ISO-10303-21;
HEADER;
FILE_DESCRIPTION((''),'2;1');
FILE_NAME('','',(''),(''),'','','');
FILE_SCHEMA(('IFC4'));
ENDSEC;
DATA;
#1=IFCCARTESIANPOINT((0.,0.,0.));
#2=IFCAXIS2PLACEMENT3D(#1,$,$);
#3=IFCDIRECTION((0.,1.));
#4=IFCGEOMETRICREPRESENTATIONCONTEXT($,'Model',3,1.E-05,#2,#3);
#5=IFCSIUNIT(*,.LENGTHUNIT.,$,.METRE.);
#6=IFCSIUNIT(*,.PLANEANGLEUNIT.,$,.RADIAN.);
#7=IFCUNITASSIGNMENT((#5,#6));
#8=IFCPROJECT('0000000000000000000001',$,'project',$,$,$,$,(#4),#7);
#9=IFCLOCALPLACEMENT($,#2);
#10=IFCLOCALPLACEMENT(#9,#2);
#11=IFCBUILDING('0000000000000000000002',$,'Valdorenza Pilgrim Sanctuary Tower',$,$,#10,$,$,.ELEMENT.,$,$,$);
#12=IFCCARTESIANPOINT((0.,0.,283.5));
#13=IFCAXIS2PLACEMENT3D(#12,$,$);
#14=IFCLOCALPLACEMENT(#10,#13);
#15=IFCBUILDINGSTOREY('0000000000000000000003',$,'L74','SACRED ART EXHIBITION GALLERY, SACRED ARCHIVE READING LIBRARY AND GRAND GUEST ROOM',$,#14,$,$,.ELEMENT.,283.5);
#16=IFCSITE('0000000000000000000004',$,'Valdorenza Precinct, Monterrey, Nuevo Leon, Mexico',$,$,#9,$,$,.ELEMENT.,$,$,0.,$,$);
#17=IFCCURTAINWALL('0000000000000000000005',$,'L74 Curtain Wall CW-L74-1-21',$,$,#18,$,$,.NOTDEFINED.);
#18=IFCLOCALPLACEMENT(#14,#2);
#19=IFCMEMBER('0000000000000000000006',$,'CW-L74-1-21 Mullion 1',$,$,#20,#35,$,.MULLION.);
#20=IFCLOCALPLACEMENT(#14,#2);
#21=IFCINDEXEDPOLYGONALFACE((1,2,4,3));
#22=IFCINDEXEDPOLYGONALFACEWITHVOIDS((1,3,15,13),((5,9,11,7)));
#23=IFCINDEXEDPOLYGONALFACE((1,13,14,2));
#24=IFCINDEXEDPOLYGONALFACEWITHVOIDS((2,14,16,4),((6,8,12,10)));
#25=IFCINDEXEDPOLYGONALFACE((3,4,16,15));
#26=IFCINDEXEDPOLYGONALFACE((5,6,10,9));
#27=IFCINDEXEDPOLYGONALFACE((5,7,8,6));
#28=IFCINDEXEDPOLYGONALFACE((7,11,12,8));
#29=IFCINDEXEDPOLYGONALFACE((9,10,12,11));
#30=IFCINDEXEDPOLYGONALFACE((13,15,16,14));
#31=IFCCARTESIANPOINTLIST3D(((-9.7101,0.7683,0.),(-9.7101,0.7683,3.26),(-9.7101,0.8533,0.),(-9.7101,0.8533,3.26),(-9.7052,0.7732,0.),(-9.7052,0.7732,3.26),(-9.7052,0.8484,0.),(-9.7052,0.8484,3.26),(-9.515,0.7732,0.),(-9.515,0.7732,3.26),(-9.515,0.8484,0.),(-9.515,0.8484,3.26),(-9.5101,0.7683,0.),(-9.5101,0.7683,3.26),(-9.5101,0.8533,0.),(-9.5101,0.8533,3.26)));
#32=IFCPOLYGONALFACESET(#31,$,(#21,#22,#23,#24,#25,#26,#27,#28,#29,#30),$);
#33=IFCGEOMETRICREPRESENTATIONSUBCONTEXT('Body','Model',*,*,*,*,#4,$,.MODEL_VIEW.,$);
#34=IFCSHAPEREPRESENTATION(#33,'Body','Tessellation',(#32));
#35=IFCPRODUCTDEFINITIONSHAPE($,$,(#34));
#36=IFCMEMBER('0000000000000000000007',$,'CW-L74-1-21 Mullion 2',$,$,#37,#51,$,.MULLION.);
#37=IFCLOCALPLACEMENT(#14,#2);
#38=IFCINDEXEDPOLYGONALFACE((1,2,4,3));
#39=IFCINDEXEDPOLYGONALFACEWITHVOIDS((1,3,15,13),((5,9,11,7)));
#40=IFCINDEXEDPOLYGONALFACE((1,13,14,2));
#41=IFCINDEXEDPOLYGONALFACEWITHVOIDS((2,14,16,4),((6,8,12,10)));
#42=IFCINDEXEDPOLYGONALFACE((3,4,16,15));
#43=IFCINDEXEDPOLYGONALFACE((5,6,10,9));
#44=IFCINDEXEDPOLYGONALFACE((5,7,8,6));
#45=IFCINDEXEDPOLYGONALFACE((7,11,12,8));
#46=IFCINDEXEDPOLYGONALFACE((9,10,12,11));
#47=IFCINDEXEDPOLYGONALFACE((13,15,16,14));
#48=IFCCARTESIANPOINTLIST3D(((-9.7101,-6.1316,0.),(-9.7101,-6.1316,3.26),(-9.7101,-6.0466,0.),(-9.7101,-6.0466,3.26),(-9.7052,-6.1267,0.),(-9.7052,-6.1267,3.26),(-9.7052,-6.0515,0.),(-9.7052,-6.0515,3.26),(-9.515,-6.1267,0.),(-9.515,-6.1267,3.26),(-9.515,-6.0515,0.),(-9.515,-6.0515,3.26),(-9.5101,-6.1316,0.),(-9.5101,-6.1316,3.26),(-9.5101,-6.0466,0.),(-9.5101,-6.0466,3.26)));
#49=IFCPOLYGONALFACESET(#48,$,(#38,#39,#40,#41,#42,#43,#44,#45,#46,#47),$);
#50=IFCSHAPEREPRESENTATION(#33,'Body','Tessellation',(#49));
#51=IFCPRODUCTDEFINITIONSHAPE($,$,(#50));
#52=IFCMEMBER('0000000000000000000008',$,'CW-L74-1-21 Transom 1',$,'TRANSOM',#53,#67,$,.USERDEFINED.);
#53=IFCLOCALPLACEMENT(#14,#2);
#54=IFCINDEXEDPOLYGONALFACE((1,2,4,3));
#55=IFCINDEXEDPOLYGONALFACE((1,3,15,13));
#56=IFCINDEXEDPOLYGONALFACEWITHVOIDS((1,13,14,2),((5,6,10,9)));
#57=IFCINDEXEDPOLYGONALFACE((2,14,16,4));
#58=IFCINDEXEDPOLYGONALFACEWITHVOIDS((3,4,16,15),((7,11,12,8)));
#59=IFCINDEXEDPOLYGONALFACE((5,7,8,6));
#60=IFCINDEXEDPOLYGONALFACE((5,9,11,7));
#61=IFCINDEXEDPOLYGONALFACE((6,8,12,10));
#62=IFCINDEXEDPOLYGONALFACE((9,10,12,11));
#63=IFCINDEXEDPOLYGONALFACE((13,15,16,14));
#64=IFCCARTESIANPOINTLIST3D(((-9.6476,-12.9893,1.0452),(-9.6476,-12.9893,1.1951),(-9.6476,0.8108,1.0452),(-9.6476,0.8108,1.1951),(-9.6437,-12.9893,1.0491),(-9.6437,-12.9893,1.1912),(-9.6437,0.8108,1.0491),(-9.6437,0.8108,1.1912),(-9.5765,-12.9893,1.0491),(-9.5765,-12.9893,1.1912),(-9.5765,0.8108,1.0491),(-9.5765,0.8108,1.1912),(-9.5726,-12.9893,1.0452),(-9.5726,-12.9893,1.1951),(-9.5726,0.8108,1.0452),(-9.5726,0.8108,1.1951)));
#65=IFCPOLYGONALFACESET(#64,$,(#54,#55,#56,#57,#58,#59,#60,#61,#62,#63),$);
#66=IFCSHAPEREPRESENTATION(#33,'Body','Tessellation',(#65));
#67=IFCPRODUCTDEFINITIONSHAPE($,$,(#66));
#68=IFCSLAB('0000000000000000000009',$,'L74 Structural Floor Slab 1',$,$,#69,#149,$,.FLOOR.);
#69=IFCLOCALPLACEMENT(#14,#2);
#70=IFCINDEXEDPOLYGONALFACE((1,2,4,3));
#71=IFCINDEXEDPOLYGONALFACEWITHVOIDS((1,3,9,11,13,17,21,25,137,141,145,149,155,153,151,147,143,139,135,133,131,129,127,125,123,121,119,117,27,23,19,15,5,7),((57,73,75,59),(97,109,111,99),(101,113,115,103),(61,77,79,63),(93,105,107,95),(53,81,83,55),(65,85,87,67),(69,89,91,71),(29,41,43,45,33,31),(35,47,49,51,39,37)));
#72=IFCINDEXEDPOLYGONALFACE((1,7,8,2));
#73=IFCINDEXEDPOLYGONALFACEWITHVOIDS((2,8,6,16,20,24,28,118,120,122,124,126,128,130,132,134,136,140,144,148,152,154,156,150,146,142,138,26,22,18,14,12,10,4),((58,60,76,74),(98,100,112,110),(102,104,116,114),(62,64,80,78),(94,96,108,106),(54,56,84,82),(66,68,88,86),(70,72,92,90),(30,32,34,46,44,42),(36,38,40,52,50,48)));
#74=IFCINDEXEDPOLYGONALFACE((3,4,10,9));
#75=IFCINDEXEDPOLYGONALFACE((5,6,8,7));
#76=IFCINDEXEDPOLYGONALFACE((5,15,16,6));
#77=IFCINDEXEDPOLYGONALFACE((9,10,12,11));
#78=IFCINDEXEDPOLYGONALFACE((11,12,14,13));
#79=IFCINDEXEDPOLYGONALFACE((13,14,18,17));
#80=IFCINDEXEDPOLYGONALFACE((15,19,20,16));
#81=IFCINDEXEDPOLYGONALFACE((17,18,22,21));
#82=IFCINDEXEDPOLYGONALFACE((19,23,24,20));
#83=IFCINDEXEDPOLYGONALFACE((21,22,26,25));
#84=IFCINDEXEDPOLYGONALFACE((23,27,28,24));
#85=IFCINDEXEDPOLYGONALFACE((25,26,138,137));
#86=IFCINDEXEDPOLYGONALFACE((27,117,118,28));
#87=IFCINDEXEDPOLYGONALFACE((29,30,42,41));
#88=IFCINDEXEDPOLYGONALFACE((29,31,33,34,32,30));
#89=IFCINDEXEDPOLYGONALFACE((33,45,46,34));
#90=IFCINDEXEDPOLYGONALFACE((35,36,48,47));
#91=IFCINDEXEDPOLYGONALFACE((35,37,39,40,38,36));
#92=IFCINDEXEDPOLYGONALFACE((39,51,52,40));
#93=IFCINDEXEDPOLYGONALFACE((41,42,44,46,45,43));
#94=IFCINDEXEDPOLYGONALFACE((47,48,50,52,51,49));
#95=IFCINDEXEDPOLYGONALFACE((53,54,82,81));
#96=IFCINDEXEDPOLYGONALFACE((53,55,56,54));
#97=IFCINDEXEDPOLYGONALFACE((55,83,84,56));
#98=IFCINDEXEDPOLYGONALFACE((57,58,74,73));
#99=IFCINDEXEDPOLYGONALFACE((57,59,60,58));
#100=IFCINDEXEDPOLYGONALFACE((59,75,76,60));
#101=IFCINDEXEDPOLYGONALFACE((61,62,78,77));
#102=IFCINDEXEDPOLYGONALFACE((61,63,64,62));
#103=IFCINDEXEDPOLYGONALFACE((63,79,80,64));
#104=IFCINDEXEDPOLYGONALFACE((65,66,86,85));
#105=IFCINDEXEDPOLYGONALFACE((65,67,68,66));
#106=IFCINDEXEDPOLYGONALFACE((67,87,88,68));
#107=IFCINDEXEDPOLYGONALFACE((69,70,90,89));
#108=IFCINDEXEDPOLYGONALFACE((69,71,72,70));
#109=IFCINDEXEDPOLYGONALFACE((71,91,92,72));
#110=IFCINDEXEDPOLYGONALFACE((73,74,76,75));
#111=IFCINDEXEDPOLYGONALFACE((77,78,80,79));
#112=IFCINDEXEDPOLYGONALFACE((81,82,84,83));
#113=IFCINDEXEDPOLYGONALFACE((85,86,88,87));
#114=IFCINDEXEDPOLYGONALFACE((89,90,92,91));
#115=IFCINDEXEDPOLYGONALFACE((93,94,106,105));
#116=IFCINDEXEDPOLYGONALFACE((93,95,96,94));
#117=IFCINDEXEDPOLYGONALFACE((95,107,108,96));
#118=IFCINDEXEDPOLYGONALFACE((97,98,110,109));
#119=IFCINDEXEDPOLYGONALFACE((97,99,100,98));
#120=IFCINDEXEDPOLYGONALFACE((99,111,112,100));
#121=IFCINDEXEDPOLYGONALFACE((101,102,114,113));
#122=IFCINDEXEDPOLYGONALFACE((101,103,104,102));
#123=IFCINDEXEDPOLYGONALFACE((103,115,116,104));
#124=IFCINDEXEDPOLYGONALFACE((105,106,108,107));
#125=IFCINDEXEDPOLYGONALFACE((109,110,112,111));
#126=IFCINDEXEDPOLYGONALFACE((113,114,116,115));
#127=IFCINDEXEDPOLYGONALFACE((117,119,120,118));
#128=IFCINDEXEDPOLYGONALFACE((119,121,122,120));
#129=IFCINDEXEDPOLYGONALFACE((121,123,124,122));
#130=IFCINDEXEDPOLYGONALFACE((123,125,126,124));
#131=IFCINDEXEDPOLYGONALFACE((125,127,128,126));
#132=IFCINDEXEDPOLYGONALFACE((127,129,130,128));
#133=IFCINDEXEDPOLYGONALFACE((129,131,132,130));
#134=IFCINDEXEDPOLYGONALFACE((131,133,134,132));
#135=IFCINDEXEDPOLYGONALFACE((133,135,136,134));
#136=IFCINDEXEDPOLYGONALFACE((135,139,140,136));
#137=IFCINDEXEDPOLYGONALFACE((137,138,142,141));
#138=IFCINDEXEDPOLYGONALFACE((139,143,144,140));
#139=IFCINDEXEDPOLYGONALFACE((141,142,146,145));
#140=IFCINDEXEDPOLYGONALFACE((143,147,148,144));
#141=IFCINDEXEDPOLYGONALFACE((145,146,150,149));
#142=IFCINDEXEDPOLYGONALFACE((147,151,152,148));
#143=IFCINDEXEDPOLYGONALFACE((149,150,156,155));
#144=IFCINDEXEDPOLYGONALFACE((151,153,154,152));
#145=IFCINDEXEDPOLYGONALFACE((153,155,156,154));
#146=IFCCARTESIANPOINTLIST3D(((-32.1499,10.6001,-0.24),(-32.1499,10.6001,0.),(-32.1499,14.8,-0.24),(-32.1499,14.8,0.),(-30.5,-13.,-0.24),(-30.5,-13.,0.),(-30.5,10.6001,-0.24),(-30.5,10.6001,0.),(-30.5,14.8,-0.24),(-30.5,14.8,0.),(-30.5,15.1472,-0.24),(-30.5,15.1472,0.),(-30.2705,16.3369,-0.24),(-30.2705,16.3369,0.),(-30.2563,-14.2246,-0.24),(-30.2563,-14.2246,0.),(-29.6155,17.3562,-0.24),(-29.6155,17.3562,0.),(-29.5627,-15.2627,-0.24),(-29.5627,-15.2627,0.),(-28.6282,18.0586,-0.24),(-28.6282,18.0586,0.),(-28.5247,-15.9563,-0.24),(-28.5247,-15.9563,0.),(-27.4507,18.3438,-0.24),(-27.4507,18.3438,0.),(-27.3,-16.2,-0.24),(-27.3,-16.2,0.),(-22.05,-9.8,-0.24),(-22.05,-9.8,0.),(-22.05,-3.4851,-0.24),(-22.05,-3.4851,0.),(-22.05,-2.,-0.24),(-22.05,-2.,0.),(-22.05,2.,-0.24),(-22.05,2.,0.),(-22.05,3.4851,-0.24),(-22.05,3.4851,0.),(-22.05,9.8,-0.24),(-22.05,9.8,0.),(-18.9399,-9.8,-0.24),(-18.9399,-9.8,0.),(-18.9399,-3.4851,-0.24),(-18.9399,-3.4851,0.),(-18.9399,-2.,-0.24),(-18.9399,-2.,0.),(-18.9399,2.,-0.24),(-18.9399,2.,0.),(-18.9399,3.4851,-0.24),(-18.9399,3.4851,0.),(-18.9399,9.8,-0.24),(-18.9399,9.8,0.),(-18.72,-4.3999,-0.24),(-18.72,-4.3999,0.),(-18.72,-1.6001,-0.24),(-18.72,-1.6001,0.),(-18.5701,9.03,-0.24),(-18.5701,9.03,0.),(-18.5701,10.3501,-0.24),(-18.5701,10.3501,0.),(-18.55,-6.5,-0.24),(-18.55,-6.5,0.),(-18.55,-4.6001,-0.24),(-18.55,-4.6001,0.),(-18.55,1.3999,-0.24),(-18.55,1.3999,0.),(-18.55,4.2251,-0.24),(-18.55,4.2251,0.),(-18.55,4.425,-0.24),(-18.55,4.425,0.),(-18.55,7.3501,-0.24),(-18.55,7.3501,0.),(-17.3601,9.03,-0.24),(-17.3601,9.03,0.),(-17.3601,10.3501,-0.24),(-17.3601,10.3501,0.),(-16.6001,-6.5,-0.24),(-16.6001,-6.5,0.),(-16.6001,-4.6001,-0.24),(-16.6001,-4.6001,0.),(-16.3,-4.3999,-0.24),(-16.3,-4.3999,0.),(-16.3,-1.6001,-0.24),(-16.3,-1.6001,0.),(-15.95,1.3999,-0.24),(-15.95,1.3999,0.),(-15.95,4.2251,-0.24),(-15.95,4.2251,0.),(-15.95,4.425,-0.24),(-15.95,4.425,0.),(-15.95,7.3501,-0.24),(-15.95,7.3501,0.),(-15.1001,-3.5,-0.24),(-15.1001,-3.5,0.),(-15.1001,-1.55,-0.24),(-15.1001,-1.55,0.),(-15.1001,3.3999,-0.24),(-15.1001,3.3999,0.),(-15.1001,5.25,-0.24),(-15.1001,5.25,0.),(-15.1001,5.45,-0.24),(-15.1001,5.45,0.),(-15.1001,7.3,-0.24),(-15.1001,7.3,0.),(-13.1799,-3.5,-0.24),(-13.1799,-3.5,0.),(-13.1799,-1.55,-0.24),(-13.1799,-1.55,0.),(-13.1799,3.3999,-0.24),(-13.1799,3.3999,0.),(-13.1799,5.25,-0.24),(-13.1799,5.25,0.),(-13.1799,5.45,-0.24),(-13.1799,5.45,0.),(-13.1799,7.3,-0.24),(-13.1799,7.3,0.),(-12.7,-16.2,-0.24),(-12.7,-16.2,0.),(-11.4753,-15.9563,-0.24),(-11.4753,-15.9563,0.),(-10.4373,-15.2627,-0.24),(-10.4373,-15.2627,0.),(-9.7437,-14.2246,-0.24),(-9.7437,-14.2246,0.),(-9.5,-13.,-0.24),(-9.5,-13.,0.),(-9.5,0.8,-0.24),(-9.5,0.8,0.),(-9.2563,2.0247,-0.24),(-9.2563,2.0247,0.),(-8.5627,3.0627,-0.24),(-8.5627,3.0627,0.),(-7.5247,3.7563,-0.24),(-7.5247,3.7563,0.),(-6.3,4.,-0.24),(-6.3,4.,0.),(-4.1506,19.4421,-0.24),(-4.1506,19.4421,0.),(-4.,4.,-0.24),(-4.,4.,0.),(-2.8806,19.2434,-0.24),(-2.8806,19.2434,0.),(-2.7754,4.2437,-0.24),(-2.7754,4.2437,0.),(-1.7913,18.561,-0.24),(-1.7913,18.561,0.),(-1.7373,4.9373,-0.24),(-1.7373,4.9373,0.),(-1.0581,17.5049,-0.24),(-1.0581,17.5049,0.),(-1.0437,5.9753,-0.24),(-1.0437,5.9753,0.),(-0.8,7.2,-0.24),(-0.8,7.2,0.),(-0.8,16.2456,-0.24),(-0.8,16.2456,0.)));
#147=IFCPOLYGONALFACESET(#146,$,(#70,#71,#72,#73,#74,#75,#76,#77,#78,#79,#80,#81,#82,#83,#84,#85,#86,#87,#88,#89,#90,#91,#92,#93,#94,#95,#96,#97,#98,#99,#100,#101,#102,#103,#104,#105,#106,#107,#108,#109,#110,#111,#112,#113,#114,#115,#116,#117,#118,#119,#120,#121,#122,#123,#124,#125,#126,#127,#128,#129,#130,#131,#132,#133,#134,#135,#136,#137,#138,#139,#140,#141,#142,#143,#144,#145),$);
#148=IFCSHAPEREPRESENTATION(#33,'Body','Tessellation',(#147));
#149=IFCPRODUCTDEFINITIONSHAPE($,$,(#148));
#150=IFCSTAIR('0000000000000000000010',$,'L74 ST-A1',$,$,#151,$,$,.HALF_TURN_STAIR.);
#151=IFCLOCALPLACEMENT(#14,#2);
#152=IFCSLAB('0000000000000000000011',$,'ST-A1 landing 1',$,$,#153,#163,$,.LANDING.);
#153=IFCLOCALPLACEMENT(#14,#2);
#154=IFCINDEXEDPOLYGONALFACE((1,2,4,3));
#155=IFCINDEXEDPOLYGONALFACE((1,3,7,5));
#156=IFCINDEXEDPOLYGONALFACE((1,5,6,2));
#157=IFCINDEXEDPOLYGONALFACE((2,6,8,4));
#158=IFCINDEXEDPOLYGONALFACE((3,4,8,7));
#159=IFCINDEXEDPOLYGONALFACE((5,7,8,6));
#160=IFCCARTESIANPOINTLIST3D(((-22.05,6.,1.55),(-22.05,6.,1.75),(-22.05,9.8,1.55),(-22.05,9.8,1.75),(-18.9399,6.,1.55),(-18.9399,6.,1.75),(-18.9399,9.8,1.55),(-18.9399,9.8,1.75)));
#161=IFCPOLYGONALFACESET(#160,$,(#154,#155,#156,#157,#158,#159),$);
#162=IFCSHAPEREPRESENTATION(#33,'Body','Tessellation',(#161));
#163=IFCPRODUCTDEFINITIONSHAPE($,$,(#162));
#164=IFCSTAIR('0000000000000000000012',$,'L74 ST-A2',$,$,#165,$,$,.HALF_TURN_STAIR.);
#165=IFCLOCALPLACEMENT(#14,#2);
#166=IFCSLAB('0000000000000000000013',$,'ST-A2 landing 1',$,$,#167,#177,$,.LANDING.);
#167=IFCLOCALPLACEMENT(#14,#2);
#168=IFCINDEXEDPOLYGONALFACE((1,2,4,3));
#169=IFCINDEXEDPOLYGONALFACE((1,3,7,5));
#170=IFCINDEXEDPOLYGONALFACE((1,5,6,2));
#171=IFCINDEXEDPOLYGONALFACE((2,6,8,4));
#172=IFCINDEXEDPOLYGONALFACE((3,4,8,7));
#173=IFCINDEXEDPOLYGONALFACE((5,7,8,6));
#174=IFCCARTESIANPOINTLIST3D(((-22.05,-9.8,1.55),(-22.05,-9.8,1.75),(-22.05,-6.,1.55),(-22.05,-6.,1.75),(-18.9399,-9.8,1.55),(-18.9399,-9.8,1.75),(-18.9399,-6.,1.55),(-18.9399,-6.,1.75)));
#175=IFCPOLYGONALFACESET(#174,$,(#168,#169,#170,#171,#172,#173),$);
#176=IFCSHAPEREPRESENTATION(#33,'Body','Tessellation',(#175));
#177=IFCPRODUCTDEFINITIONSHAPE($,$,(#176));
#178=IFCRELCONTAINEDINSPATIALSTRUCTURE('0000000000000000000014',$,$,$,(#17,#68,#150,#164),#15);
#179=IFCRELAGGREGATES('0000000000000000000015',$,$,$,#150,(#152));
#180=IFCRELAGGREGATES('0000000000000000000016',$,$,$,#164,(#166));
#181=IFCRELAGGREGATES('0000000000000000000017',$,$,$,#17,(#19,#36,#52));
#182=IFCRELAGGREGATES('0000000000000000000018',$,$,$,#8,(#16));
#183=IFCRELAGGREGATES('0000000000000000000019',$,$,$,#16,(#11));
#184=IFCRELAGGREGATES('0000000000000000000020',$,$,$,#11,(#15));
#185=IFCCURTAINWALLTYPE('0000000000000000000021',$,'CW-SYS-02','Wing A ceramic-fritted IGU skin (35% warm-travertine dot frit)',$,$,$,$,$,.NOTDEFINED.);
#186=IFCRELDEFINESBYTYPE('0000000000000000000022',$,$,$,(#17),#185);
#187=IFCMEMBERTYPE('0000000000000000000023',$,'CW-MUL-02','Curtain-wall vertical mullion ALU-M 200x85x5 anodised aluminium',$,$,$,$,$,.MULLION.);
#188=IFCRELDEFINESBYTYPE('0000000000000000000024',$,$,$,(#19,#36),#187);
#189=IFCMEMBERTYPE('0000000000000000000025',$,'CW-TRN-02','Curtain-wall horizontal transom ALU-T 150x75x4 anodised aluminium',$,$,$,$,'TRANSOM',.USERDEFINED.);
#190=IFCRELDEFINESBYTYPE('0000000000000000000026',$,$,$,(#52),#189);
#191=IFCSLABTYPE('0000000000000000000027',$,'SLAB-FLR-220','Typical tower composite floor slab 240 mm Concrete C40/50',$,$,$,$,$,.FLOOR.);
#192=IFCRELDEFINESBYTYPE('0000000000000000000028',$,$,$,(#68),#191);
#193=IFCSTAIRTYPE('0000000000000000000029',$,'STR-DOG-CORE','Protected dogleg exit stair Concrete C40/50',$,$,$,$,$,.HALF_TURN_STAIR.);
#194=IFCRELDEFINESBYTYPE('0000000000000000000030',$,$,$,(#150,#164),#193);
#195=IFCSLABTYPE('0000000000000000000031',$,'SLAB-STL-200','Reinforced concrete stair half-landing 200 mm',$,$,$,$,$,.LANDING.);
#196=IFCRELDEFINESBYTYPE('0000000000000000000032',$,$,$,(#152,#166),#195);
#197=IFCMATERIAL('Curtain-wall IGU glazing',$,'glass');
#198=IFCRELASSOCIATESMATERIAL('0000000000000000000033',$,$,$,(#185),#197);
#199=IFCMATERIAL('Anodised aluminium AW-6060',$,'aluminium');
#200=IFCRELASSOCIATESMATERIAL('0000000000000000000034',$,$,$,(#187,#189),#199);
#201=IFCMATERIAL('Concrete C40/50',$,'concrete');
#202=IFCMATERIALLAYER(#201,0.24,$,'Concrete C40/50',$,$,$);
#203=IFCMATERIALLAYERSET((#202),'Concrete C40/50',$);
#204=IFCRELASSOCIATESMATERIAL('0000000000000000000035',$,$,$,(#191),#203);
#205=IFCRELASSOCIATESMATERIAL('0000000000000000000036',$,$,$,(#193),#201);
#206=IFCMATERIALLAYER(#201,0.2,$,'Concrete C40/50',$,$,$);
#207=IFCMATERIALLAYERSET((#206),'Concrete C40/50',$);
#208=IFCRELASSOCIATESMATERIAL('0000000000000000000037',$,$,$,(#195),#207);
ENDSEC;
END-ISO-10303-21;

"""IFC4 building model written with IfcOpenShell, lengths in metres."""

from ifc_helpers import new_model, si_unit, direction, frame, origin, origin_2d, place, context, subcontext, project, spatial, polyline, hollow_rectangle, outline, extrude, source, transform, mapped, material, layer, layer_set, material_profile, profile_set, type_object, element, aggregate, save


model = new_model("IFC4")

# Units and contexts
model_context = context("Model", 3, precision=1e-05, world=origin(), true_north=direction((0.0, 1.0)))
body_context = subcontext(model_context, "Body", "Model", "MODEL_VIEW")
ifc_project = project(units=[si_unit("LENGTHUNIT", "METRE"), si_unit("PLANEANGLEUNIT", "RADIAN")], contexts=[model_context])

# Site, building, storey
site_placement = place(None, origin())
site = spatial("IfcSite", under=ifc_project, at=site_placement, Name="Valdorenza Precinct, Monterrey, Nuevo Leon, Mexico", CompositionType="ELEMENT", RefElevation=0.0)
building_placement = place(site_placement, origin())
building = spatial("IfcBuilding", under=site, at=building_placement, Name="Valdorenza Pilgrim Sanctuary Tower", CompositionType="ELEMENT")
storey_placement = place(building_placement, frame((0.0, 0.0, 283.5)))
storey = spatial("IfcBuildingStorey", under=building, at=storey_placement, Name="L74", Description="SACRED ART EXHIBITION GALLERY, SACRED ARCHIVE READING LIBRARY AND GRAND GUEST ROOM", CompositionType="ELEMENT", Elevation=283.5)

# Curtain wall, members
ifc_material_1 = material(Name="Curtain-wall IGU glazing", Category="glass")
curtain_wall_type = type_object("IfcCurtainWallType", Name="CW-SYS-02", Description="Wing A ceramic-fritted IGU skin (35% warm-travertine dot frit)", PredefinedType="NOTDEFINED", material=ifc_material_1)
curtain_wall_placement = place(storey_placement, origin())
curtain_wall = element("IfcCurtainWall", 1, at=curtain_wall_placement, inside=storey, type_object=curtain_wall_type, Name="L74 Curtain Wall CW-L74-1-21", PredefinedType="NOTDEFINED")
ifc_material_2 = material(Name="Anodised aluminium AW-6060", Category="aluminium")
ifc_material_profile_1 = material_profile(ifc_material_2, hollow_rectangle(XDim=0.085, YDim=0.2, WallThickness=0.0049, at=origin_2d()), Name="ALU-M 200x85x5")
ifc_profile_set_1 = profile_set([ifc_material_profile_1], Name="Anodised aluminium AW-6060")
member_type_1 = type_object("IfcMemberType", Name="CW-MUL-02", Description="Curtain-wall vertical mullion ALU-M 200x85x5 anodised aluminium", PredefinedType="MULLION", material=ifc_profile_set_1)
shared_shape_1 = source(origin(), body_context, "Body", "SweptSolid", [
    extrude(hollow_rectangle(XDim=0.085, YDim=0.2, WallThickness=0.0049, at=origin_2d()), origin(), (0.0, 0.0, 1.0), 3.26),
])
member_1_placement = place(storey_placement, frame((-9.6101, 0.8108, 0.0), z_axis=(0.0, 0.0, 1.0), x_axis=(0.0, -1.0, 0.0)))
member_1 = element("IfcMember", 2, at=member_1_placement, type_object=member_type_1, Name="CW-L74-1-21 Mullion 1", PredefinedType="MULLION", context=body_context, shape_type="MappedRepresentation", body=[
    mapped(shared_shape_1, transform((0.0, 0.0, 0.0), x_axis=(1.0, 0.0, 0.0), y_axis=(0.0, 1.0, 0.0), z_axis=(0.0, 0.0, 1.0), scale=1.0)),
])
member_2_placement = place(storey_placement, frame((-9.6101, -6.0891, 0.0), z_axis=(0.0, 0.0, 1.0), x_axis=(0.0, -1.0, 0.0)))
member_2 = element("IfcMember", 3, at=member_2_placement, type_object=member_type_1, Name="CW-L74-1-21 Mullion 2", PredefinedType="MULLION", context=body_context, shape_type="MappedRepresentation", body=[
    mapped(shared_shape_1, transform((0.0, 0.0, 0.0), x_axis=(1.0, 0.0, 0.0), y_axis=(0.0, 1.0, 0.0), z_axis=(0.0, 0.0, 1.0), scale=1.0)),
])
ifc_material_profile_2 = material_profile(ifc_material_2, hollow_rectangle(XDim=0.075, YDim=0.1499, WallThickness=0.0039, at=origin_2d()), Name="ALU-T 150x75x4")
ifc_profile_set_2 = profile_set([ifc_material_profile_2], Name="Anodised aluminium AW-6060")
member_type_2 = type_object("IfcMemberType", Name="CW-TRN-02", Description="Curtain-wall horizontal transom ALU-T 150x75x4 anodised aluminium", ElementType="TRANSOM", PredefinedType="USERDEFINED", material=ifc_profile_set_2)
shared_shape_2 = source(origin(), body_context, "Body", "SweptSolid", [
    extrude(hollow_rectangle(XDim=0.075, YDim=0.1499, WallThickness=0.0039, at=origin_2d()), origin(), (0.0, 0.0, 1.0), 13.8),
])
member_3_placement = place(storey_placement, frame((-9.6101, 0.8108, 1.1201), z_axis=(0.0, -1.0, 0.0), x_axis=(1.0, 0.0, 0.0)))
member_3 = element("IfcMember", 4, at=member_3_placement, type_object=member_type_2, Name="CW-L74-1-21 Transom 1", ObjectType="TRANSOM", PredefinedType="USERDEFINED", context=body_context, shape_type="MappedRepresentation", body=[
    mapped(shared_shape_2, transform((0.0, 0.0, 0.0), x_axis=(1.0, 0.0, 0.0), y_axis=(0.0, 1.0, 0.0), z_axis=(0.0, 0.0, 1.0), scale=1.0)),
])

# Slab
ifc_material_3 = material(Name="Concrete C40/50", Category="concrete")
ifc_layer_1 = layer(ifc_material_3, 0.24, Name="Concrete C40/50")
ifc_layer_set_1 = layer_set([ifc_layer_1], Name="Concrete C40/50")
slab_type_1 = type_object("IfcSlabType", Name="SLAB-FLR-220", Description="Typical tower composite floor slab 240 mm Concrete C40/50", PredefinedType="FLOOR", material=ifc_layer_set_1)
slab_1_placement = place(storey_placement, frame((0.0, 0.0, -0.24)))
element("IfcSlab", 5, at=slab_1_placement, inside=storey, type_object=slab_type_1, Name="L74 Structural Floor Slab 1", PredefinedType="FLOOR", context=body_context, shape_type="SweptSolid", body=[
    extrude(outline(polyline([(-30.2705, 16.3369), (-29.6155, 17.3562), (-28.6282, 18.0586), (-27.4507, 18.3438), (-4.1506, 19.4421), (-2.8806, 19.2434), (-1.7913, 18.561), (-1.0581, 17.5049), (-0.8, 16.2456), (-0.8, 7.2), (-1.0437, 5.9753), (-1.7373, 4.9373), (-2.7754, 4.2437), (-4.0, 4.0), (-6.3, 4.0), (-7.5247, 3.7563), (-8.5627, 3.0627), (-9.2563, 2.0247), (-9.5, 0.8), (-9.5, -13.0), (-9.7437, -14.2246), (-10.4373, -15.2627), (-11.4753, -15.9563), (-12.7, -16.2), (-27.3, -16.2), (-28.5247, -15.9563), (-29.5627, -15.2627), (-30.2563, -14.2246), (-30.5, -13.0), (-30.5, 10.6001), (-32.1499, 10.6001), (-32.1499, 14.8), (-30.5, 14.8), (-30.5, 15.1472), (-30.2705, 16.3369)]), holes=[polyline([(-22.05, -9.8), (-18.9399, -9.8), (-18.9399, -3.4851), (-18.9399, -2.0), (-22.05, -2.0), (-22.05, -3.4851), (-22.05, -9.8)]), polyline([(-16.6001, -6.5), (-16.6001, -4.6001), (-18.55, -4.6001), (-18.55, -6.5), (-16.6001, -6.5)]), polyline([(-22.05, 2.0), (-18.9399, 2.0), (-18.9399, 3.4851), (-18.9399, 9.8), (-22.05, 9.8), (-22.05, 3.4851), (-22.05, 2.0)]), polyline([(-17.3601, 9.03), (-17.3601, 10.3501), (-18.5701, 10.3501), (-18.5701, 9.03), (-17.3601, 9.03)]), polyline([(-16.3, -1.6001), (-18.72, -1.6001), (-18.72, -4.3999), (-16.3, -4.3999), (-16.3, -1.6001)]), polyline([(-13.1799, -3.5), (-13.1799, -1.55), (-15.1001, -1.55), (-15.1001, -3.5), (-13.1799, -3.5)]), polyline([(-15.95, 1.3999), (-15.95, 4.2251), (-18.55, 4.2251), (-18.55, 1.3999), (-15.95, 1.3999)]), polyline([(-13.1799, 5.25), (-15.1001, 5.25), (-15.1001, 3.3999), (-13.1799, 3.3999), (-13.1799, 5.25)]), polyline([(-15.95, 4.425), (-15.95, 7.3501), (-18.55, 7.3501), (-18.55, 4.425), (-15.95, 4.425)]), polyline([(-13.1799, 5.45), (-13.1799, 7.3), (-15.1001, 7.3), (-15.1001, 5.45), (-13.1799, 5.45)])]), origin(), (0.0, 0.0, 1.0), 0.24),
])

# Stairs, slabs
stair_type = type_object("IfcStairType", Name="STR-DOG-CORE", Description="Protected dogleg exit stair Concrete C40/50", PredefinedType="HALF_TURN_STAIR", material=ifc_material_3)
stair_1_placement = place(storey_placement, origin())
stair_1 = element("IfcStair", 6, at=stair_1_placement, inside=storey, type_object=stair_type, Name="L74 ST-A1", PredefinedType="HALF_TURN_STAIR")
ifc_layer_2 = layer(ifc_material_3, 0.2, Name="Concrete C40/50")
ifc_layer_set_2 = layer_set([ifc_layer_2], Name="Concrete C40/50")
slab_type_2 = type_object("IfcSlabType", Name="SLAB-STL-200", Description="Reinforced concrete stair half-landing 200 mm", PredefinedType="LANDING", material=ifc_layer_set_2)
slab_2_placement = place(storey_placement, frame((0.0, 0.0, 1.55)))
slab_2 = element("IfcSlab", 7, at=slab_2_placement, type_object=slab_type_2, Name="ST-A1 landing 1", PredefinedType="LANDING", context=body_context, shape_type="SweptSolid", body=[
    extrude(outline(polyline([(-18.9399, 6.0), (-18.9399, 9.8), (-22.05, 9.8), (-22.05, 6.0), (-18.9399, 6.0)])), origin(), (0.0, 0.0, 1.0), 0.2),
])
aggregate(stair_1, [slab_2])
stair_2_placement = place(storey_placement, origin())
stair_2 = element("IfcStair", 8, at=stair_2_placement, inside=storey, type_object=stair_type, Name="L74 ST-A2", PredefinedType="HALF_TURN_STAIR")
slab_3_placement = place(storey_placement, frame((0.0, 0.0, 1.55)))
slab_3 = element("IfcSlab", 9, at=slab_3_placement, type_object=slab_type_2, Name="ST-A2 landing 1", PredefinedType="LANDING", context=body_context, shape_type="SweptSolid", body=[
    extrude(outline(polyline([(-22.05, -6.0), (-22.05, -9.8), (-18.9399, -9.8), (-18.9399, -6.0), (-22.05, -6.0)])), origin(), (0.0, 0.0, 1.0), 0.2),
])
aggregate(stair_2, [slab_3])

aggregate(curtain_wall, [member_1, member_2, member_3])

save(model, "model.ifc")
